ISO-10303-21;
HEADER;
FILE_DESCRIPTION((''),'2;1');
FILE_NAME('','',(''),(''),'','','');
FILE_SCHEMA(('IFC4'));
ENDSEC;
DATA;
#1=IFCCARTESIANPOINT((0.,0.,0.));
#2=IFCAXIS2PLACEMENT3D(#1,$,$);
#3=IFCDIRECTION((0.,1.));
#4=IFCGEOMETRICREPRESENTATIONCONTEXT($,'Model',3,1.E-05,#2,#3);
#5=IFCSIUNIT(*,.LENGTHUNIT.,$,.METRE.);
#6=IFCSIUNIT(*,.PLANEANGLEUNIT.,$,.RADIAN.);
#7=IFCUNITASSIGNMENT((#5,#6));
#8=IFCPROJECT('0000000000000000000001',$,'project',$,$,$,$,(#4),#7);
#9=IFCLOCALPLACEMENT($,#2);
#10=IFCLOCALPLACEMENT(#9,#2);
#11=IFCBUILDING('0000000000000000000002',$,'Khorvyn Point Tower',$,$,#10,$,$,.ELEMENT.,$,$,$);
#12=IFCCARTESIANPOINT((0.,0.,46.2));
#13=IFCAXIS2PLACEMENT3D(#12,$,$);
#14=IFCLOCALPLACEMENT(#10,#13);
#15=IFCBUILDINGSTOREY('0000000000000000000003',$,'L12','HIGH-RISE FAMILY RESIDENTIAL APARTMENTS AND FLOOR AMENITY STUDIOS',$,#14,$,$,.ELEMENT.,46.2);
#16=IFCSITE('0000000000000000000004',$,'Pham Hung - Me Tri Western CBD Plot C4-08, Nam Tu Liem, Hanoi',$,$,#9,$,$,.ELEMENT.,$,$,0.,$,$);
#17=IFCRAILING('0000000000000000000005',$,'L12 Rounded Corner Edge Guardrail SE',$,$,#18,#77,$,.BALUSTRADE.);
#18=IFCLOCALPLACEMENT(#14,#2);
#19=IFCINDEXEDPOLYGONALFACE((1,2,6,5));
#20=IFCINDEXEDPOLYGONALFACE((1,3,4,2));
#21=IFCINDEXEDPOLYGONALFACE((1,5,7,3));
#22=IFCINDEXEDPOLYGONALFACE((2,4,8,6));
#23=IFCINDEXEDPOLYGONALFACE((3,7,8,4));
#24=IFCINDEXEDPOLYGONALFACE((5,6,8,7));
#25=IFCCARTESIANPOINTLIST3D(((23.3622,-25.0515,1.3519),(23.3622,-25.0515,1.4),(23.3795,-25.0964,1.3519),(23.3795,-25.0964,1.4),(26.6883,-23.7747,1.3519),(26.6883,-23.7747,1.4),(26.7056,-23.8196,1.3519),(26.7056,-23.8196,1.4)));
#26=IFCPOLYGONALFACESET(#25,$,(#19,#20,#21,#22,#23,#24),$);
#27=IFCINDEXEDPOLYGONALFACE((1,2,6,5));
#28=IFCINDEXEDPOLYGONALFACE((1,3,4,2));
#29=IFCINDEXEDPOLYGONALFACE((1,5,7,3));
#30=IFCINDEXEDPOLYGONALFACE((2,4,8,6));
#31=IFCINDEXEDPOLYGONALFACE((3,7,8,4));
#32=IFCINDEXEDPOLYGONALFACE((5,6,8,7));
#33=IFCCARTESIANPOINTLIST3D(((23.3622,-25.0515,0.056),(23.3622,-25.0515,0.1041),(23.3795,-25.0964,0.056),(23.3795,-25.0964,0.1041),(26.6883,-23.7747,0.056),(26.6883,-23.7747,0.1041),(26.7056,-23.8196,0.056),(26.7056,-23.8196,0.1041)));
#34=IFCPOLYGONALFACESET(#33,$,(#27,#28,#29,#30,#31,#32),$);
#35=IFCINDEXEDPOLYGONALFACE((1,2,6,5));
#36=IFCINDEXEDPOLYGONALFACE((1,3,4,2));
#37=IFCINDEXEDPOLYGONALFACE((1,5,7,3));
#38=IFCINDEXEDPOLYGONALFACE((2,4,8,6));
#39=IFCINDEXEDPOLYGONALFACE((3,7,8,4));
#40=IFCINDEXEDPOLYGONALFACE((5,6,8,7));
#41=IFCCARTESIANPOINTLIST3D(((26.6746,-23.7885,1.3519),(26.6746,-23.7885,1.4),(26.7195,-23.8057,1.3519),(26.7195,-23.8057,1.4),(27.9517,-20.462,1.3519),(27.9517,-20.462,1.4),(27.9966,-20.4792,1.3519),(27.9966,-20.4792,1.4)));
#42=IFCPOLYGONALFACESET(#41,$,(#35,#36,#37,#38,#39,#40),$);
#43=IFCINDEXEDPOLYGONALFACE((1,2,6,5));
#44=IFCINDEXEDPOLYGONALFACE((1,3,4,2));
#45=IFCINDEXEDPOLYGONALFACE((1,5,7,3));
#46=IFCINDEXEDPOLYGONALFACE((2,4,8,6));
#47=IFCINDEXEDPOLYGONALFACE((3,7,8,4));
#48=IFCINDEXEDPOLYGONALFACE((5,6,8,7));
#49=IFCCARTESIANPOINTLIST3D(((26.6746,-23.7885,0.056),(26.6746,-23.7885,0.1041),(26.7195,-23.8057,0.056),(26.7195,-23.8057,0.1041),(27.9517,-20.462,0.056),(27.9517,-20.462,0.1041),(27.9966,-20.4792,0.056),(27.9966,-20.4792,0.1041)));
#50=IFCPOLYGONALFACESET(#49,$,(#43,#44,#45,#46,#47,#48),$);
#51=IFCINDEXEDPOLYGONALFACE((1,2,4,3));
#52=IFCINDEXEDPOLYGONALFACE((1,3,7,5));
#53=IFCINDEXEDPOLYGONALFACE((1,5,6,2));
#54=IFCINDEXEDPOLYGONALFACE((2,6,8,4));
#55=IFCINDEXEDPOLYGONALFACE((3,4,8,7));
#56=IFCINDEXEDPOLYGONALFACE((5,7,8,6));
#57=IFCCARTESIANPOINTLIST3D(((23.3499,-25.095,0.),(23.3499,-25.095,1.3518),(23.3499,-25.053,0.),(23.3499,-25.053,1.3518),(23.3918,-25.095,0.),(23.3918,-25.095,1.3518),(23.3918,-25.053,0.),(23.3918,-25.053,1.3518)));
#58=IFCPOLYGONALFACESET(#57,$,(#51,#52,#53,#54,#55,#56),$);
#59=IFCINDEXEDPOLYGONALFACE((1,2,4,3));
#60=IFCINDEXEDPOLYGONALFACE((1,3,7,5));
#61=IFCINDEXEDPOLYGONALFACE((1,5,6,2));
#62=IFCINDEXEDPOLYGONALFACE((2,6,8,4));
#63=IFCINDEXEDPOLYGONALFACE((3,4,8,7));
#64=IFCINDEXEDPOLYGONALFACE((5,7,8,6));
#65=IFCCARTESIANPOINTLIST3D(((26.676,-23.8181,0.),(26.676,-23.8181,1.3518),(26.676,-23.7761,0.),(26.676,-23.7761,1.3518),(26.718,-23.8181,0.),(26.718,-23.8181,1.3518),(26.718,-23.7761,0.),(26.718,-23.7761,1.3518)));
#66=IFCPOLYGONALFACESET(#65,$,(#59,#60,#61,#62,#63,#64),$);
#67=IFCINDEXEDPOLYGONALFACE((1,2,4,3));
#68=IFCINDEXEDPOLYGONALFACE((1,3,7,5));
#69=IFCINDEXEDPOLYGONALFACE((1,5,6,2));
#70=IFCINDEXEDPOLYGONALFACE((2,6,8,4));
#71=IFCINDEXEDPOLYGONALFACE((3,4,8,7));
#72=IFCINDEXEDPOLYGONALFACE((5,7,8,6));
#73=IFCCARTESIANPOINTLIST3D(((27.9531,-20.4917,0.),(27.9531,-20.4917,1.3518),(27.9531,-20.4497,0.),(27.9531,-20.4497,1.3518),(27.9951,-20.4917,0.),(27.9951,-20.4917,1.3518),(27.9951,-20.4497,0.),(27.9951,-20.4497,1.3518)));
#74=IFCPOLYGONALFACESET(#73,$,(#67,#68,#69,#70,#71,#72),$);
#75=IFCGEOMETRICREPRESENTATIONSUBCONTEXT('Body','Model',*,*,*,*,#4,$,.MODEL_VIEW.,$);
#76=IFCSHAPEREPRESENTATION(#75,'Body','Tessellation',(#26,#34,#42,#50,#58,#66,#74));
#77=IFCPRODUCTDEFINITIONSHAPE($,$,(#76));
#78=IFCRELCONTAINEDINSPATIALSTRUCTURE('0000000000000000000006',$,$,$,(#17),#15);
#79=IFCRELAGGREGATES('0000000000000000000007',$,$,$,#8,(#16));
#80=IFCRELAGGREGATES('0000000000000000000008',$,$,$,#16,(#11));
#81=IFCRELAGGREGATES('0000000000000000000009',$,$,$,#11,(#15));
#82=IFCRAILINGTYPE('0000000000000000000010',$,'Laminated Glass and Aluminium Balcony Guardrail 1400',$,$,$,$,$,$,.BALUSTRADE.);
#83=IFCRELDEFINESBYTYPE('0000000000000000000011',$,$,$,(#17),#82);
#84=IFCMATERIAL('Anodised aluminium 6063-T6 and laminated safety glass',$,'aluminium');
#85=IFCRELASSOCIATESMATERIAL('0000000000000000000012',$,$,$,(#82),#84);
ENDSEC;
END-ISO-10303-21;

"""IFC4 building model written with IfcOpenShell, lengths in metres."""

from ifc_helpers import new_model, si_unit, direction, frame, origin, origin_2d, place, context, subcontext, project, spatial, rectangle, extrude, material, type_object, element, save


model = new_model("IFC4")

# Units and contexts
model_context = context("Model", 3, precision=1e-05, world=origin(), true_north=direction((0.0, 1.0)))
body_context = subcontext(model_context, "Body", "Model", "MODEL_VIEW")
ifc_project = project(units=[si_unit("LENGTHUNIT", "METRE"), si_unit("PLANEANGLEUNIT", "RADIAN")], contexts=[model_context])

# Site, building, storey
site_placement = place(None, origin())
site = spatial("IfcSite", under=ifc_project, at=site_placement, Name="Pham Hung - Me Tri Western CBD Plot C4-08, Nam Tu Liem, Hanoi", CompositionType="ELEMENT", RefElevation=0.0)
building_placement = place(site_placement, origin())
building = spatial("IfcBuilding", under=site, at=building_placement, Name="Khorvyn Point Tower", CompositionType="ELEMENT")
storey_placement = place(building_placement, frame((0.0, 0.0, 46.2)))
storey = spatial("IfcBuildingStorey", under=building, at=storey_placement, Name="L12", Description="HIGH-RISE FAMILY RESIDENTIAL APARTMENTS AND FLOOR AMENITY STUDIOS", CompositionType="ELEMENT", Elevation=46.2)

# Railing
ifc_material_1 = material(Name="Anodised aluminium 6063-T6 and laminated safety glass", Category="aluminium")
railing_type = type_object("IfcRailingType", Name="Laminated Glass and Aluminium Balcony Guardrail 1400", PredefinedType="BALUSTRADE", material=ifc_material_1)
railing_1_placement = place(storey_placement, frame((23.3708, -25.074, 0.0)))
element("IfcRailing", 1, at=railing_1_placement, inside=storey, type_object=railing_type, Name="L12 Rounded Corner Edge Guardrail SE", PredefinedType="BALUSTRADE", context=body_context, shape_type="SweptSolid", body=[
    extrude(rectangle(XDim=0.0481, YDim=0.0481, at=origin_2d()), frame((0.0, 0.0, 1.376), z_axis=(0.933575, 0.358382, 0.0), x_axis=(-0.358382, 0.933575, 0.0)), (0.0, 0.0, 1.0), 3.5627),
    extrude(rectangle(XDim=0.0481, YDim=0.0481, at=origin_2d()), frame((0.0, 0.0, 0.0801), z_axis=(0.933575, 0.358382, 0.0), x_axis=(-0.358382, 0.933575, 0.0)), (0.0, 0.0, 1.0), 3.5627),
    extrude(rectangle(XDim=0.0481, YDim=0.0481, at=origin_2d()), frame((3.3262, 1.2769, 1.376), z_axis=(0.358419, 0.933561, 0.0), x_axis=(-0.933561, 0.358419, 0.0)), (0.0, 0.0, 1.0), 3.5632),
    extrude(rectangle(XDim=0.0481, YDim=0.0481, at=origin_2d()), frame((3.3262, 1.2769, 0.0801), z_axis=(0.358419, 0.933561, 0.0), x_axis=(-0.933561, 0.358419, 0.0)), (0.0, 0.0, 1.0), 3.5632),
    extrude(rectangle(XDim=0.042, YDim=0.042, at=origin_2d()), origin(), (0.0, 0.0, 1.0), 1.3518),
    extrude(rectangle(XDim=0.042, YDim=0.042, at=origin_2d()), frame((3.3262, 1.2769, 0.0)), (0.0, 0.0, 1.0), 1.3518),
    extrude(rectangle(XDim=0.042, YDim=0.042, at=origin_2d()), frame((4.6033, 4.6033, 0.0)), (0.0, 0.0, 1.0), 1.3518),
])

save(model, "model.ifc")
